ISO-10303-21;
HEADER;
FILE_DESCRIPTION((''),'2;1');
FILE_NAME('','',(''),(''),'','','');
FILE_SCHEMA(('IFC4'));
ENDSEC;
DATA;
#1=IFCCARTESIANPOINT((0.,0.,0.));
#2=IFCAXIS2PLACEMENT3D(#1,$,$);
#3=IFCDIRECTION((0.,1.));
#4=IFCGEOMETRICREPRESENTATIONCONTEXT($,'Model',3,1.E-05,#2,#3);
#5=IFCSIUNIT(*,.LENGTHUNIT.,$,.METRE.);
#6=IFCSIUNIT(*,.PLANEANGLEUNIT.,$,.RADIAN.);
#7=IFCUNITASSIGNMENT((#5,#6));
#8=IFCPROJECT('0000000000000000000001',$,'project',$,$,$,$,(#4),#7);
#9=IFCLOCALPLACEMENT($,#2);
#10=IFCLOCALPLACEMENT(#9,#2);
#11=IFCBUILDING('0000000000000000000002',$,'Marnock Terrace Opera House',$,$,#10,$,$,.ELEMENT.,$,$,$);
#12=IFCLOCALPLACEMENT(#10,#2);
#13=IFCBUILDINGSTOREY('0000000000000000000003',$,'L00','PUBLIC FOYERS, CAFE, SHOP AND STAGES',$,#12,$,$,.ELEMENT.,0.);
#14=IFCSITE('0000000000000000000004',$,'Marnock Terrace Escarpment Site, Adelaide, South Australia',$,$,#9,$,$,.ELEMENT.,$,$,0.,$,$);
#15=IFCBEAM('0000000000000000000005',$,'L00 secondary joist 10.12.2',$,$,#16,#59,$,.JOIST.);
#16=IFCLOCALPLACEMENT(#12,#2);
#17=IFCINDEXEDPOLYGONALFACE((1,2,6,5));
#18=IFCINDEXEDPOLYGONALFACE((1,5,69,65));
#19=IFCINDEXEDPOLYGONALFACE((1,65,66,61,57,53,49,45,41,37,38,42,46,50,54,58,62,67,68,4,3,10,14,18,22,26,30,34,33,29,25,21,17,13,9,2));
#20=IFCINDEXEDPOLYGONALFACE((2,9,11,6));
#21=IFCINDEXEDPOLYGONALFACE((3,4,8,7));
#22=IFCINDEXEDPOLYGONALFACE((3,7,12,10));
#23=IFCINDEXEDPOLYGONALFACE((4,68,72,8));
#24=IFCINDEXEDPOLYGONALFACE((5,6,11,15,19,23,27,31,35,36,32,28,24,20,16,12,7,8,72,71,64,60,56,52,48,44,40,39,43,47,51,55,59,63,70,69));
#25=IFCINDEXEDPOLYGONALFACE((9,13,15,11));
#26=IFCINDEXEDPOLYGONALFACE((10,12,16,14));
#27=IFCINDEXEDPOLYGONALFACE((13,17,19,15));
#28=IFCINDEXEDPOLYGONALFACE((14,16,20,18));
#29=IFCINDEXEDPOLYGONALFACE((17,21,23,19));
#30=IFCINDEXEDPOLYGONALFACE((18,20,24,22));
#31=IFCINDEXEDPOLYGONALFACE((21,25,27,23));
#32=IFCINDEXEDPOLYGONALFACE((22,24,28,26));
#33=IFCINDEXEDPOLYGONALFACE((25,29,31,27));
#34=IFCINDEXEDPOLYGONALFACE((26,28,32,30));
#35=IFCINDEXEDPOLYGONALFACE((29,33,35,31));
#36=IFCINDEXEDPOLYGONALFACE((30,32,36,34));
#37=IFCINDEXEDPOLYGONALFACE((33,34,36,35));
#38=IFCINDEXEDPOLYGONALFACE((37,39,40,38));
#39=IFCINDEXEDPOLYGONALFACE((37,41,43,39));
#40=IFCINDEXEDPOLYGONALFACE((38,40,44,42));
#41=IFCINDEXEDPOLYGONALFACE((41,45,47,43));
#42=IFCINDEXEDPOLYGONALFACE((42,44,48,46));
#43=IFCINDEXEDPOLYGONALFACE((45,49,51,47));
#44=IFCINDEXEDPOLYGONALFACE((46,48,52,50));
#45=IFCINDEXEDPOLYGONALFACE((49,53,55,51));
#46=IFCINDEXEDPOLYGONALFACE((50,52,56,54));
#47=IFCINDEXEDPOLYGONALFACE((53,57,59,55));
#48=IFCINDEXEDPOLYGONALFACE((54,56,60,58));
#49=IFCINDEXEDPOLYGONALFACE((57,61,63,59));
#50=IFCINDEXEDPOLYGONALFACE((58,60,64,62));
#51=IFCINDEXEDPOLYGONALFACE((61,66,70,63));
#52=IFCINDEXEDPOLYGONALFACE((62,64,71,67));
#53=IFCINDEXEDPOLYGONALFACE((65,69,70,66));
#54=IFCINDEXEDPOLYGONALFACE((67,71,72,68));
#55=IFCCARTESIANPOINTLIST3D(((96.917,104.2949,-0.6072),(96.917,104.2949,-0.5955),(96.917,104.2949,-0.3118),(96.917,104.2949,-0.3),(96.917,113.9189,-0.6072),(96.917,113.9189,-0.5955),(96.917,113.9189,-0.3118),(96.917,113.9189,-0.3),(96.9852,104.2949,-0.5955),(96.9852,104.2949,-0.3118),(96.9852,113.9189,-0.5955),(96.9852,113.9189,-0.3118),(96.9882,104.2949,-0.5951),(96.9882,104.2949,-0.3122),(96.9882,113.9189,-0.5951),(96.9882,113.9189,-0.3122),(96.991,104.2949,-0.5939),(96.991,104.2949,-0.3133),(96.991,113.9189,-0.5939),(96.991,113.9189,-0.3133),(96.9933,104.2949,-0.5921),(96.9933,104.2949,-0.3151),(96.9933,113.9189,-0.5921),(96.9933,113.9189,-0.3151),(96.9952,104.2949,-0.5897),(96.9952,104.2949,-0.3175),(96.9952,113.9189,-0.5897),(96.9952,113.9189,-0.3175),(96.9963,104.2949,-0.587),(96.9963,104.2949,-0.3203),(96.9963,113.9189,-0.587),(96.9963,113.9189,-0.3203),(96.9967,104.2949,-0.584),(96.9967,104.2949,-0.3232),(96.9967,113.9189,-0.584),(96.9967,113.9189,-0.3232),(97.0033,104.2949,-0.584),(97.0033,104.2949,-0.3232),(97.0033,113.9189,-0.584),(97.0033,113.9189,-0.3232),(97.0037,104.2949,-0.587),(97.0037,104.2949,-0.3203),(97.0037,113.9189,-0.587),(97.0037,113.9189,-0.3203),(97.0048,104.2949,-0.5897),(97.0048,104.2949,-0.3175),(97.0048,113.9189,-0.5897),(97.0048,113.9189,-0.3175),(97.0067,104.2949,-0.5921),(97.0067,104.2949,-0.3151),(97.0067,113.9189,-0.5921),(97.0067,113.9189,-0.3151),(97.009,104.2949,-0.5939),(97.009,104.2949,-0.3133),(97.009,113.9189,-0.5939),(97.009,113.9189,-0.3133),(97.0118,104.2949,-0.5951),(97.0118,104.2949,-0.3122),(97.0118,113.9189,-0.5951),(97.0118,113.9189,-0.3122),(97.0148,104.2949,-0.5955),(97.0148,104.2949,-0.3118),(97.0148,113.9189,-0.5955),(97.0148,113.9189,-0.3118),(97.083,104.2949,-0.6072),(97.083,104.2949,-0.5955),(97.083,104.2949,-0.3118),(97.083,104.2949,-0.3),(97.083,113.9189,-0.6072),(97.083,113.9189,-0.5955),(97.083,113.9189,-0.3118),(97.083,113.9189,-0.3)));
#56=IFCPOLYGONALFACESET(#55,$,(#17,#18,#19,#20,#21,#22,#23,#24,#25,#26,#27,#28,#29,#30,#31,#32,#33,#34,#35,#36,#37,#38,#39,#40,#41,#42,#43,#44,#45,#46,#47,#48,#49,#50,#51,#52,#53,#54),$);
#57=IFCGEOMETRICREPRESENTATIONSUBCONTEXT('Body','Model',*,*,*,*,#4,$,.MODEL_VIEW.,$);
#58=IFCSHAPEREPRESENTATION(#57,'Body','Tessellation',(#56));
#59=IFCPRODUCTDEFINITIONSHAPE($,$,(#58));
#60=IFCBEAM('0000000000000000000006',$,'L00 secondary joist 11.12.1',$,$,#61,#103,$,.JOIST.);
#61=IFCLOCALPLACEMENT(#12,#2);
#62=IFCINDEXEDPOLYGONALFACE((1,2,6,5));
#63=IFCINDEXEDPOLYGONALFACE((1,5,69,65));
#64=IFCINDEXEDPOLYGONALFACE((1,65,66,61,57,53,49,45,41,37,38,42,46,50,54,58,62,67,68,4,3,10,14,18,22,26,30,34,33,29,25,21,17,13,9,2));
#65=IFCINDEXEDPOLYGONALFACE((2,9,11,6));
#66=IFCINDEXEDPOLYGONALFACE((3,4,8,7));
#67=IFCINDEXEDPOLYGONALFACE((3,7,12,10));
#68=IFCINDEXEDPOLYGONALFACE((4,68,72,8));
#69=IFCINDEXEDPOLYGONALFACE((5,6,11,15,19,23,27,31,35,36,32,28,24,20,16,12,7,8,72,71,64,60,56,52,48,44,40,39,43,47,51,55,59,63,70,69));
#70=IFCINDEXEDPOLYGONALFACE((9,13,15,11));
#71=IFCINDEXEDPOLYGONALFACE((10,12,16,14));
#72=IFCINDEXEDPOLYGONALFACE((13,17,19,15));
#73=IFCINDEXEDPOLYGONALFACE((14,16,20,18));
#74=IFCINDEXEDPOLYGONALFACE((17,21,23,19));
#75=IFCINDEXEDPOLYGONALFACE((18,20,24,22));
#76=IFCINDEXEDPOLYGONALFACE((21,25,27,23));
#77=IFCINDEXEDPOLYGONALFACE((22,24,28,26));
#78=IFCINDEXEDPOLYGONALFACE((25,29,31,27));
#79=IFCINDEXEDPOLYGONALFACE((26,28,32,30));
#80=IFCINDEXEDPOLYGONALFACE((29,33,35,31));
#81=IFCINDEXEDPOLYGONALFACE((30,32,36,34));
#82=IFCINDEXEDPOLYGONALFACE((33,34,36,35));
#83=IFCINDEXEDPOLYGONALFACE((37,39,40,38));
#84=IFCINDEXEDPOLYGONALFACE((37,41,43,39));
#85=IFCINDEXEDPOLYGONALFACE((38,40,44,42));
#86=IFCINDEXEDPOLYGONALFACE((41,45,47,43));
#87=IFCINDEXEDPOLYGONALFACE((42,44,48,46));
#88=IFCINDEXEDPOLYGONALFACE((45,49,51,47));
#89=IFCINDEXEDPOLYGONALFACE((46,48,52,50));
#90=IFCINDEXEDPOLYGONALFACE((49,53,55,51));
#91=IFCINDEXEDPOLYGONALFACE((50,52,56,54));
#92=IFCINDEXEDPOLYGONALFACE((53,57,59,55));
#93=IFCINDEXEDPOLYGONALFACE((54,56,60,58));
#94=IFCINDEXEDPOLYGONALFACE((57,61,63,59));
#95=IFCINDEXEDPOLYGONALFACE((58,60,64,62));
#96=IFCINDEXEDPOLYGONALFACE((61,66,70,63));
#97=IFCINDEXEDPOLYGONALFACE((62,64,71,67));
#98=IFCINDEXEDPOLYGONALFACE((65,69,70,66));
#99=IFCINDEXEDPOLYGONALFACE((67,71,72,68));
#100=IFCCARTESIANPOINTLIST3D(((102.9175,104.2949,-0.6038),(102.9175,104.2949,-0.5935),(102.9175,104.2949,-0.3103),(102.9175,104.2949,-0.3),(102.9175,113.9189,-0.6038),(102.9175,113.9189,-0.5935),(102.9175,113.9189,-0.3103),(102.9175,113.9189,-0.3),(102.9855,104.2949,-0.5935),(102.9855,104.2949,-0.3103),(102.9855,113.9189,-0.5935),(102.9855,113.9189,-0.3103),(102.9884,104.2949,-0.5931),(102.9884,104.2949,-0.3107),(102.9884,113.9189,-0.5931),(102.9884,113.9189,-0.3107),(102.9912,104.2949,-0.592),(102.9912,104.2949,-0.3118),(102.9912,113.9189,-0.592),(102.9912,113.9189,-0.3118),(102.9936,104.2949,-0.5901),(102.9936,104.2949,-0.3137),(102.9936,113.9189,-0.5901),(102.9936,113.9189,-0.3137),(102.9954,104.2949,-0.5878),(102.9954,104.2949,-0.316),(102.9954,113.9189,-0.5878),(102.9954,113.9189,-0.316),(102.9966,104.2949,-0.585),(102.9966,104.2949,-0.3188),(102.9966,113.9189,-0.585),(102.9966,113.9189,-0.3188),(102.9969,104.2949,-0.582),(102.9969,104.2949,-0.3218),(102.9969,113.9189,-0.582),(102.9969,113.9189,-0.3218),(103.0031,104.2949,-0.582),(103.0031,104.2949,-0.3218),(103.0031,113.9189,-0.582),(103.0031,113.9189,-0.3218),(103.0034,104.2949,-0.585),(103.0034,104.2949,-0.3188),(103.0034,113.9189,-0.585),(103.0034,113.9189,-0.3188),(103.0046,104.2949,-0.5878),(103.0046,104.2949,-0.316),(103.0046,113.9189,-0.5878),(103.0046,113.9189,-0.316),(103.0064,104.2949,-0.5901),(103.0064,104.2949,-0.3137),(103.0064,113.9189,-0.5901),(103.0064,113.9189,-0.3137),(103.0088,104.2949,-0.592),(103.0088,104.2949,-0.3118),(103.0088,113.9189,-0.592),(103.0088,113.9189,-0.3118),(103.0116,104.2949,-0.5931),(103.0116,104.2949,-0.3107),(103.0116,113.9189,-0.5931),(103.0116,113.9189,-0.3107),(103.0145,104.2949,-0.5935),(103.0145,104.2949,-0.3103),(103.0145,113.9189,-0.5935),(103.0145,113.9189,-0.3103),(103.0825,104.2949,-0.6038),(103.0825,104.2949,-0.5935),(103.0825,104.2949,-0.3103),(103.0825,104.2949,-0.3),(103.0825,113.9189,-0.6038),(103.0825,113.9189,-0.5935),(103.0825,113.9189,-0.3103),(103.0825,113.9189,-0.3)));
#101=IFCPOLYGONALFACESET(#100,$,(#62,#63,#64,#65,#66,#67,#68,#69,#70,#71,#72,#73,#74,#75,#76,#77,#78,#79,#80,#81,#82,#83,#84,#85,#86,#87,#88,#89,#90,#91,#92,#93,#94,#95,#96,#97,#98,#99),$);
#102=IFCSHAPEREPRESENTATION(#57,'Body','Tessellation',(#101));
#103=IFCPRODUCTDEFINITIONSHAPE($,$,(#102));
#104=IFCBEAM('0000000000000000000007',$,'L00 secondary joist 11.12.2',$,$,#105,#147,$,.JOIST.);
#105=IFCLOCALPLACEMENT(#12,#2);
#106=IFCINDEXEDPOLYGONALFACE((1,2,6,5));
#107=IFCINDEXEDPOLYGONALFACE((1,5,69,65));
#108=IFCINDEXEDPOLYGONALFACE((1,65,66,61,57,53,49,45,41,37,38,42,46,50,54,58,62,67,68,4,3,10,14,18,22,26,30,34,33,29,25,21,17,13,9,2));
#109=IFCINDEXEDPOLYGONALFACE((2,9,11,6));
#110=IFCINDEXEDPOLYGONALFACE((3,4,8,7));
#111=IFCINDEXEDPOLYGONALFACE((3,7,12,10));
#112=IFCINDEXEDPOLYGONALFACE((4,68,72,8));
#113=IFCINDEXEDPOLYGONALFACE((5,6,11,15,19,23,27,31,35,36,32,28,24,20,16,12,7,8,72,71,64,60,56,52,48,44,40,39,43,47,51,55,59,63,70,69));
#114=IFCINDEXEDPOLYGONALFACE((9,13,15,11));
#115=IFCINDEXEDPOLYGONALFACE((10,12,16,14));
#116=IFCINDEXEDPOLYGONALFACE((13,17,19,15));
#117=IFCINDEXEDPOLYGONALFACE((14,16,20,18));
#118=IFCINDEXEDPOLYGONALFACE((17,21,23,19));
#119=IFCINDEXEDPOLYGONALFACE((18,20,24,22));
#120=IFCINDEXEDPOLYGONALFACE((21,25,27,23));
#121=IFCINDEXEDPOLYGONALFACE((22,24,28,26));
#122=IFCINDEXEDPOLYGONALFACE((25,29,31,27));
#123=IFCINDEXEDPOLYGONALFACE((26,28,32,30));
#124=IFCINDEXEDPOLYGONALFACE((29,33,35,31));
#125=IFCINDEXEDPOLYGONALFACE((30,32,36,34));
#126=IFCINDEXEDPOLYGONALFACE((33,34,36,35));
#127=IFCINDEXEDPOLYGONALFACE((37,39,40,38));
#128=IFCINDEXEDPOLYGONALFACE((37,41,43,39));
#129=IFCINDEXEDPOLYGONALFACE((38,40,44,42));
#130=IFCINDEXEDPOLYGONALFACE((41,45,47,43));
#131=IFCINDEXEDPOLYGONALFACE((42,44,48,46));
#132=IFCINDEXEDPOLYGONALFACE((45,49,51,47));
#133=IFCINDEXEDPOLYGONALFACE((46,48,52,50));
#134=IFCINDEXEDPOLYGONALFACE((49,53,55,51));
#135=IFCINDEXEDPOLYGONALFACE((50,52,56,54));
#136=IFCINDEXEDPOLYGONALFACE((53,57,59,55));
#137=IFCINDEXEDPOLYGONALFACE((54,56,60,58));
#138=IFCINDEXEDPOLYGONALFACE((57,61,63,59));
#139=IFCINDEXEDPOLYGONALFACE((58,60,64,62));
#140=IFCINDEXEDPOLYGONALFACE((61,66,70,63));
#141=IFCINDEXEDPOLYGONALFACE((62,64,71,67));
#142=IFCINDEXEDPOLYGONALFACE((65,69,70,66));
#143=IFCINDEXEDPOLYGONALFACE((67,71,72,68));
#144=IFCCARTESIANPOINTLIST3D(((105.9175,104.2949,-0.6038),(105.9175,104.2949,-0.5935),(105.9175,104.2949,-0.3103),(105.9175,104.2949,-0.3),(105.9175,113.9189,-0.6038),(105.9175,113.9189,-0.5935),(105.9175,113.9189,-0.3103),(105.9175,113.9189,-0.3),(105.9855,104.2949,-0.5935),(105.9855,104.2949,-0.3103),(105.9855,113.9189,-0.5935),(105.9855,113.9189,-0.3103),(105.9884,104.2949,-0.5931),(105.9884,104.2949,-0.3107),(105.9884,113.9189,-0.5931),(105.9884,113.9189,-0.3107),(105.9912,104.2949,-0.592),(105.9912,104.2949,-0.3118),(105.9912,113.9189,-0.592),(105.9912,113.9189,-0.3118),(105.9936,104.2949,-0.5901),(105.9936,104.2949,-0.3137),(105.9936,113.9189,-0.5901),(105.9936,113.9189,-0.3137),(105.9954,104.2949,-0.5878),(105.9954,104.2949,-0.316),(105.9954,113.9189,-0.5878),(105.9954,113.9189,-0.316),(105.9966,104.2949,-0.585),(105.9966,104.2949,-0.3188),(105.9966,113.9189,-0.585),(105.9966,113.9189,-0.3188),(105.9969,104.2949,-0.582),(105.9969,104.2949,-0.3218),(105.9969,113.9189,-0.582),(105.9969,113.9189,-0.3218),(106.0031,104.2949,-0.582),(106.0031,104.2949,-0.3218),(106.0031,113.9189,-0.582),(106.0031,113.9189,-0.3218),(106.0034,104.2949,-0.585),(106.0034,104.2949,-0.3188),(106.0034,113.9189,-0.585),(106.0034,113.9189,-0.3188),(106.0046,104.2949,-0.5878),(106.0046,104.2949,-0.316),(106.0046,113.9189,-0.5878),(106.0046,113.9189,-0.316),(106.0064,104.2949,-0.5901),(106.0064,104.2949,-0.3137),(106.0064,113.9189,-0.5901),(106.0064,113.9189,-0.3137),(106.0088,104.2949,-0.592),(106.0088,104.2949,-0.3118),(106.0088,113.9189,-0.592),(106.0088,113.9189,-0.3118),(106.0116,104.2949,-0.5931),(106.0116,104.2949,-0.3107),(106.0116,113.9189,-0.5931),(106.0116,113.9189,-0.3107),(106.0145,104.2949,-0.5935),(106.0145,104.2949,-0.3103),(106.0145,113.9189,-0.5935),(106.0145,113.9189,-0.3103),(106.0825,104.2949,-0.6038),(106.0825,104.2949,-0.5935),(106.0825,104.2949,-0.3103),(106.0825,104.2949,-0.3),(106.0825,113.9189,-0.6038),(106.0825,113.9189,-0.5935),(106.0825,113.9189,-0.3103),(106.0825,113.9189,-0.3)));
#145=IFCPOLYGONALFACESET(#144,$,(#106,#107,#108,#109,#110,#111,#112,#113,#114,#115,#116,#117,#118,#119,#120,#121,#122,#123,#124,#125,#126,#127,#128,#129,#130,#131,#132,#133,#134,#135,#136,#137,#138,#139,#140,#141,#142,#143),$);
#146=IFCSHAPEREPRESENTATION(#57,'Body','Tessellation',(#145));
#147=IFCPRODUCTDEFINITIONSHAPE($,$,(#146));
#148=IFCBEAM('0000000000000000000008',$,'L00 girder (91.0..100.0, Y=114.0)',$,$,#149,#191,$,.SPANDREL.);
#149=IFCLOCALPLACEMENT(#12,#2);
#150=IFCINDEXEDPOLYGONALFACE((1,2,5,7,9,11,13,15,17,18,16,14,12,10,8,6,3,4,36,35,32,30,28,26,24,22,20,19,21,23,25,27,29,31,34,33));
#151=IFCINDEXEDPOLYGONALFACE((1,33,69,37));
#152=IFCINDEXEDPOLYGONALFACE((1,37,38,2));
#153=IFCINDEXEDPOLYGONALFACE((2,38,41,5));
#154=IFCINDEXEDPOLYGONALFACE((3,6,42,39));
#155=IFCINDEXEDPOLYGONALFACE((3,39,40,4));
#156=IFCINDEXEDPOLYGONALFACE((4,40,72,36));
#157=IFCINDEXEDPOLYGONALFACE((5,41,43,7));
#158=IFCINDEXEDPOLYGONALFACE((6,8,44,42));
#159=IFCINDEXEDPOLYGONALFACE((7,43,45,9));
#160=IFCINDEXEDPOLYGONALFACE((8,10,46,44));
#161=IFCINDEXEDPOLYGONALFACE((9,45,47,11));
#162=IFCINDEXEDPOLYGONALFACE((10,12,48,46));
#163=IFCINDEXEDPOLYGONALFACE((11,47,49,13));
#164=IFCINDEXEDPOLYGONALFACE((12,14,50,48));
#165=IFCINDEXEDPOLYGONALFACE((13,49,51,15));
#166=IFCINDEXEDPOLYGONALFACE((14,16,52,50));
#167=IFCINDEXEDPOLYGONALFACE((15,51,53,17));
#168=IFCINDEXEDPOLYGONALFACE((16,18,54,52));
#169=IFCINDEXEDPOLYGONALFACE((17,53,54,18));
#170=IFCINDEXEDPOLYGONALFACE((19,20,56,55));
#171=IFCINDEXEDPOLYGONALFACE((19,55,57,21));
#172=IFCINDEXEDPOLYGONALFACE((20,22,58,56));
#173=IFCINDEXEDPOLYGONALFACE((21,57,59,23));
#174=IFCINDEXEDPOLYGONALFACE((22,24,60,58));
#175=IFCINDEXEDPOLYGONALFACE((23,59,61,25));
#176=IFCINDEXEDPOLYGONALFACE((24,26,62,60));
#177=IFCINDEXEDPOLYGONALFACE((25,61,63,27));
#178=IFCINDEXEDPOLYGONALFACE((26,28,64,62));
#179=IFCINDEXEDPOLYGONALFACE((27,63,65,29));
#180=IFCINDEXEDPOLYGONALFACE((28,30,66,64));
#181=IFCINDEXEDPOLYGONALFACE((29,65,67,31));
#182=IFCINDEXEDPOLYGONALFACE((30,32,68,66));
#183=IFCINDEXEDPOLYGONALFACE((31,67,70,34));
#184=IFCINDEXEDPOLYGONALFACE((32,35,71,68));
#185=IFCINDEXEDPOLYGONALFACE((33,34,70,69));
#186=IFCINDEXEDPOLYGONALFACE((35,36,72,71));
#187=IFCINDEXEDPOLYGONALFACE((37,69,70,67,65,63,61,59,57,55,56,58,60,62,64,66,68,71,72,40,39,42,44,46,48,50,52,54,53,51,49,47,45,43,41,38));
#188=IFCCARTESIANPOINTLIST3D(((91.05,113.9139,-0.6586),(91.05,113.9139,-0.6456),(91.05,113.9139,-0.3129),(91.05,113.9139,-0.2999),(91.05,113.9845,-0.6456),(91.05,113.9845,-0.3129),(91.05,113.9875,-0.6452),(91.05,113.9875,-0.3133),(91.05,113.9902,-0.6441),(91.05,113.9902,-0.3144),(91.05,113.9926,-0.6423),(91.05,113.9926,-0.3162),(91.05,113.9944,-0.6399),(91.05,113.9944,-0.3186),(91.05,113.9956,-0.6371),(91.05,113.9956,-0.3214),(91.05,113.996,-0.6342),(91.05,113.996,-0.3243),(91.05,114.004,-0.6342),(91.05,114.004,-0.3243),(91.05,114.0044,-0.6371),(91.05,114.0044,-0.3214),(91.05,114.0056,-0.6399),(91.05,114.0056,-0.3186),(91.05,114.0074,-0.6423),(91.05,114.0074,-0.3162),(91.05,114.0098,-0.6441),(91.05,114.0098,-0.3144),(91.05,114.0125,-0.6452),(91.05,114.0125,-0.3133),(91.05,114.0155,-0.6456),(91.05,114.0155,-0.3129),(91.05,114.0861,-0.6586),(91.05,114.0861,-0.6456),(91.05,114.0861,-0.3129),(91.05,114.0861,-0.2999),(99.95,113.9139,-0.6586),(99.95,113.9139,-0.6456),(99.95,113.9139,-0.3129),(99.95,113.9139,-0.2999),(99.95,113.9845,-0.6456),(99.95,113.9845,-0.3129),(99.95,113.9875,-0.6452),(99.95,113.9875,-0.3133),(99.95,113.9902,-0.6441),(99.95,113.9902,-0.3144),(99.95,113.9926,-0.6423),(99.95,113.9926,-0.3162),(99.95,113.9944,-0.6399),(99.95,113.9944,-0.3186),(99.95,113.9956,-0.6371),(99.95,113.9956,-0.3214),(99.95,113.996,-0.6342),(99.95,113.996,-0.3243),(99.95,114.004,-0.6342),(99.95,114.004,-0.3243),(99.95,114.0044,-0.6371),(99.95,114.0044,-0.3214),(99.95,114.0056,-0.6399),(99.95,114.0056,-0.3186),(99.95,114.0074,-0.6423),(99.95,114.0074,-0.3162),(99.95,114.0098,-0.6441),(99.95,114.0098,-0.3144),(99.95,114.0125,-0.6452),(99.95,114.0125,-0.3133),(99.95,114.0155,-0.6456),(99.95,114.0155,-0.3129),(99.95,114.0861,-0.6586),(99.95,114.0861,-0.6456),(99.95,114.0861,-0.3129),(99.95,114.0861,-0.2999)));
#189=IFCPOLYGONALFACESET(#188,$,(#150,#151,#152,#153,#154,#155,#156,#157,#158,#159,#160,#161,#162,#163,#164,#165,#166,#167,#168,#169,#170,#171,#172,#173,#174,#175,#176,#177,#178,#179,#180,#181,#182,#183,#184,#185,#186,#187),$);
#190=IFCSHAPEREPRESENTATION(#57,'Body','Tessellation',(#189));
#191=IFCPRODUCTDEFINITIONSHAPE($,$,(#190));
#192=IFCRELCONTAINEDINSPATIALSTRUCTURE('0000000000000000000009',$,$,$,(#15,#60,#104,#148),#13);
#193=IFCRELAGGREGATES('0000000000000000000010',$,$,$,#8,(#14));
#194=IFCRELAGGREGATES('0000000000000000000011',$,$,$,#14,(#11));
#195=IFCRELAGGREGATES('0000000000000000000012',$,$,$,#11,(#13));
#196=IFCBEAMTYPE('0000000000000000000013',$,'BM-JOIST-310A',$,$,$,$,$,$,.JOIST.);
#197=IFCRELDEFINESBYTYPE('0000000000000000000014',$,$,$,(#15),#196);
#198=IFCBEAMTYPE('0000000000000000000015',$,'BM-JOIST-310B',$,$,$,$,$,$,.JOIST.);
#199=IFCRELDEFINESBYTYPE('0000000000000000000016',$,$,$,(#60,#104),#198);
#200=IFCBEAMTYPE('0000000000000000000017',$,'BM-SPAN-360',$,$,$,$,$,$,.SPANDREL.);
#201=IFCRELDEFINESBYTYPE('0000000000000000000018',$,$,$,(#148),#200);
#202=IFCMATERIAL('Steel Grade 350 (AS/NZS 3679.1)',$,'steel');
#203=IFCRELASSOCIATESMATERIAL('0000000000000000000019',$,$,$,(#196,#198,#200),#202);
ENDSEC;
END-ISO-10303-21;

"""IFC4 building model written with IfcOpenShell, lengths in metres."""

from ifc_helpers import new_model, si_unit, direction, frame, origin, origin_2d, place, context, subcontext, project, spatial, i_section, extrude, material, material_profile, profile_set, type_object, element, save


model = new_model("IFC4")

# Units and contexts
model_context = context("Model", 3, precision=1e-05, world=origin(), true_north=direction((0.0, 1.0)))
body_context = subcontext(model_context, "Body", "Model", "MODEL_VIEW")
ifc_project = project(units=[si_unit("LENGTHUNIT", "METRE"), si_unit("PLANEANGLEUNIT", "RADIAN")], contexts=[model_context])

# Site, building, storey
site_placement = place(None, origin())
site = spatial("IfcSite", under=ifc_project, at=site_placement, Name="Marnock Terrace Escarpment Site, Adelaide, South Australia", CompositionType="ELEMENT", RefElevation=0.0)
building_placement = place(site_placement, origin())
building = spatial("IfcBuilding", under=site, at=building_placement, Name="Marnock Terrace Opera House", CompositionType="ELEMENT")
storey_placement = place(building_placement, origin())
storey = spatial("IfcBuildingStorey", under=building, at=storey_placement, Name="L00", Description="PUBLIC FOYERS, CAFE, SHOP AND STAGES", CompositionType="ELEMENT", Elevation=0.0)

# Beams
ifc_material_1 = material(Name="Steel Grade 350 (AS/NZS 3679.1)", Category="steel")
ifc_material_profile_1 = material_profile(ifc_material_1, i_section(OverallWidth=0.166, OverallDepth=0.3071, WebThickness=0.0066, FlangeThickness=0.0117, FilletRadius=0.0115, at=origin_2d()))
ifc_profile_set_1 = profile_set([ifc_material_profile_1], Name="Steel Grade 350 (AS/NZS 3679.1)")
beam_type_1 = type_object("IfcBeamType", Name="BM-JOIST-310A", PredefinedType="JOIST", material=ifc_profile_set_1)
for number, where, z_axis, x_axis, name in (
    (1, (97.0, 104.2949, -0.4536), (0.0, 1.0, 0.0), (-1.0, 0.0, 0.0), "L00 secondary joist 10.12.2"),
):
    element("IfcBeam", number, at=place(storey_placement, frame(where, z_axis=z_axis, x_axis=x_axis)), inside=storey, type_object=beam_type_1, Name=name, PredefinedType="JOIST", context=body_context, shape_type="SweptSolid", body=[
        extrude(i_section(OverallWidth=0.166, OverallDepth=0.3071, WebThickness=0.0066, FlangeThickness=0.0117, FilletRadius=0.0115, at=origin_2d()), origin(), (0.0, 0.0, 1.0), 9.624),
    ])
ifc_material_profile_2 = material_profile(ifc_material_1, i_section(OverallWidth=0.165, OverallDepth=0.3037, WebThickness=0.0061, FlangeThickness=0.0103, FilletRadius=0.0115, at=origin_2d()))
ifc_profile_set_2 = profile_set([ifc_material_profile_2], Name="Steel Grade 350 (AS/NZS 3679.1)")
beam_type_2 = type_object("IfcBeamType", Name="BM-JOIST-310B", PredefinedType="JOIST", material=ifc_profile_set_2)
for number, where, z_axis, x_axis, name in (
    (2, (103.0, 104.2949, -0.4519), (0.0, 1.0, 0.0), (-1.0, 0.0, 0.0), "L00 secondary joist 11.12.1"),
    (3, (106.0, 104.2949, -0.4519), (0.0, 1.0, 0.0), (-1.0, 0.0, 0.0), "L00 secondary joist 11.12.2"),
):
    element("IfcBeam", number, at=place(storey_placement, frame(where, z_axis=z_axis, x_axis=x_axis)), inside=storey, type_object=beam_type_2, Name=name, PredefinedType="JOIST", context=body_context, shape_type="SweptSolid", body=[
        extrude(i_section(OverallWidth=0.165, OverallDepth=0.3037, WebThickness=0.0061, FlangeThickness=0.0103, FilletRadius=0.0115, at=origin_2d()), origin(), (0.0, 0.0, 1.0), 9.624),
    ])
ifc_material_profile_3 = material_profile(ifc_material_1, i_section(OverallWidth=0.1721, OverallDepth=0.3586, WebThickness=0.0081, FlangeThickness=0.0129, FilletRadius=0.0115, at=origin_2d()))
ifc_profile_set_3 = profile_set([ifc_material_profile_3], Name="Steel Grade 350 (AS/NZS 3679.1)")
beam_type_3 = type_object("IfcBeamType", Name="BM-SPAN-360", PredefinedType="SPANDREL", material=ifc_profile_set_3)
for number, where, z_axis, x_axis, name in (
    (4, (91.05, 114.0, -0.4792), (1.0, 0.0, 0.0), (0.0, 1.0, 0.0), "L00 girder (91.0..100.0, Y=114.0)"),
):
    element("IfcBeam", number, at=place(storey_placement, frame(where, z_axis=z_axis, x_axis=x_axis)), inside=storey, type_object=beam_type_3, Name=name, PredefinedType="SPANDREL", context=body_context, shape_type="SweptSolid", body=[
        extrude(i_section(OverallWidth=0.1721, OverallDepth=0.3586, WebThickness=0.0081, FlangeThickness=0.0129, FilletRadius=0.0115, at=origin_2d()), origin(), (0.0, 0.0, 1.0), 8.8999),
    ])

save(model, "model.ifc")
